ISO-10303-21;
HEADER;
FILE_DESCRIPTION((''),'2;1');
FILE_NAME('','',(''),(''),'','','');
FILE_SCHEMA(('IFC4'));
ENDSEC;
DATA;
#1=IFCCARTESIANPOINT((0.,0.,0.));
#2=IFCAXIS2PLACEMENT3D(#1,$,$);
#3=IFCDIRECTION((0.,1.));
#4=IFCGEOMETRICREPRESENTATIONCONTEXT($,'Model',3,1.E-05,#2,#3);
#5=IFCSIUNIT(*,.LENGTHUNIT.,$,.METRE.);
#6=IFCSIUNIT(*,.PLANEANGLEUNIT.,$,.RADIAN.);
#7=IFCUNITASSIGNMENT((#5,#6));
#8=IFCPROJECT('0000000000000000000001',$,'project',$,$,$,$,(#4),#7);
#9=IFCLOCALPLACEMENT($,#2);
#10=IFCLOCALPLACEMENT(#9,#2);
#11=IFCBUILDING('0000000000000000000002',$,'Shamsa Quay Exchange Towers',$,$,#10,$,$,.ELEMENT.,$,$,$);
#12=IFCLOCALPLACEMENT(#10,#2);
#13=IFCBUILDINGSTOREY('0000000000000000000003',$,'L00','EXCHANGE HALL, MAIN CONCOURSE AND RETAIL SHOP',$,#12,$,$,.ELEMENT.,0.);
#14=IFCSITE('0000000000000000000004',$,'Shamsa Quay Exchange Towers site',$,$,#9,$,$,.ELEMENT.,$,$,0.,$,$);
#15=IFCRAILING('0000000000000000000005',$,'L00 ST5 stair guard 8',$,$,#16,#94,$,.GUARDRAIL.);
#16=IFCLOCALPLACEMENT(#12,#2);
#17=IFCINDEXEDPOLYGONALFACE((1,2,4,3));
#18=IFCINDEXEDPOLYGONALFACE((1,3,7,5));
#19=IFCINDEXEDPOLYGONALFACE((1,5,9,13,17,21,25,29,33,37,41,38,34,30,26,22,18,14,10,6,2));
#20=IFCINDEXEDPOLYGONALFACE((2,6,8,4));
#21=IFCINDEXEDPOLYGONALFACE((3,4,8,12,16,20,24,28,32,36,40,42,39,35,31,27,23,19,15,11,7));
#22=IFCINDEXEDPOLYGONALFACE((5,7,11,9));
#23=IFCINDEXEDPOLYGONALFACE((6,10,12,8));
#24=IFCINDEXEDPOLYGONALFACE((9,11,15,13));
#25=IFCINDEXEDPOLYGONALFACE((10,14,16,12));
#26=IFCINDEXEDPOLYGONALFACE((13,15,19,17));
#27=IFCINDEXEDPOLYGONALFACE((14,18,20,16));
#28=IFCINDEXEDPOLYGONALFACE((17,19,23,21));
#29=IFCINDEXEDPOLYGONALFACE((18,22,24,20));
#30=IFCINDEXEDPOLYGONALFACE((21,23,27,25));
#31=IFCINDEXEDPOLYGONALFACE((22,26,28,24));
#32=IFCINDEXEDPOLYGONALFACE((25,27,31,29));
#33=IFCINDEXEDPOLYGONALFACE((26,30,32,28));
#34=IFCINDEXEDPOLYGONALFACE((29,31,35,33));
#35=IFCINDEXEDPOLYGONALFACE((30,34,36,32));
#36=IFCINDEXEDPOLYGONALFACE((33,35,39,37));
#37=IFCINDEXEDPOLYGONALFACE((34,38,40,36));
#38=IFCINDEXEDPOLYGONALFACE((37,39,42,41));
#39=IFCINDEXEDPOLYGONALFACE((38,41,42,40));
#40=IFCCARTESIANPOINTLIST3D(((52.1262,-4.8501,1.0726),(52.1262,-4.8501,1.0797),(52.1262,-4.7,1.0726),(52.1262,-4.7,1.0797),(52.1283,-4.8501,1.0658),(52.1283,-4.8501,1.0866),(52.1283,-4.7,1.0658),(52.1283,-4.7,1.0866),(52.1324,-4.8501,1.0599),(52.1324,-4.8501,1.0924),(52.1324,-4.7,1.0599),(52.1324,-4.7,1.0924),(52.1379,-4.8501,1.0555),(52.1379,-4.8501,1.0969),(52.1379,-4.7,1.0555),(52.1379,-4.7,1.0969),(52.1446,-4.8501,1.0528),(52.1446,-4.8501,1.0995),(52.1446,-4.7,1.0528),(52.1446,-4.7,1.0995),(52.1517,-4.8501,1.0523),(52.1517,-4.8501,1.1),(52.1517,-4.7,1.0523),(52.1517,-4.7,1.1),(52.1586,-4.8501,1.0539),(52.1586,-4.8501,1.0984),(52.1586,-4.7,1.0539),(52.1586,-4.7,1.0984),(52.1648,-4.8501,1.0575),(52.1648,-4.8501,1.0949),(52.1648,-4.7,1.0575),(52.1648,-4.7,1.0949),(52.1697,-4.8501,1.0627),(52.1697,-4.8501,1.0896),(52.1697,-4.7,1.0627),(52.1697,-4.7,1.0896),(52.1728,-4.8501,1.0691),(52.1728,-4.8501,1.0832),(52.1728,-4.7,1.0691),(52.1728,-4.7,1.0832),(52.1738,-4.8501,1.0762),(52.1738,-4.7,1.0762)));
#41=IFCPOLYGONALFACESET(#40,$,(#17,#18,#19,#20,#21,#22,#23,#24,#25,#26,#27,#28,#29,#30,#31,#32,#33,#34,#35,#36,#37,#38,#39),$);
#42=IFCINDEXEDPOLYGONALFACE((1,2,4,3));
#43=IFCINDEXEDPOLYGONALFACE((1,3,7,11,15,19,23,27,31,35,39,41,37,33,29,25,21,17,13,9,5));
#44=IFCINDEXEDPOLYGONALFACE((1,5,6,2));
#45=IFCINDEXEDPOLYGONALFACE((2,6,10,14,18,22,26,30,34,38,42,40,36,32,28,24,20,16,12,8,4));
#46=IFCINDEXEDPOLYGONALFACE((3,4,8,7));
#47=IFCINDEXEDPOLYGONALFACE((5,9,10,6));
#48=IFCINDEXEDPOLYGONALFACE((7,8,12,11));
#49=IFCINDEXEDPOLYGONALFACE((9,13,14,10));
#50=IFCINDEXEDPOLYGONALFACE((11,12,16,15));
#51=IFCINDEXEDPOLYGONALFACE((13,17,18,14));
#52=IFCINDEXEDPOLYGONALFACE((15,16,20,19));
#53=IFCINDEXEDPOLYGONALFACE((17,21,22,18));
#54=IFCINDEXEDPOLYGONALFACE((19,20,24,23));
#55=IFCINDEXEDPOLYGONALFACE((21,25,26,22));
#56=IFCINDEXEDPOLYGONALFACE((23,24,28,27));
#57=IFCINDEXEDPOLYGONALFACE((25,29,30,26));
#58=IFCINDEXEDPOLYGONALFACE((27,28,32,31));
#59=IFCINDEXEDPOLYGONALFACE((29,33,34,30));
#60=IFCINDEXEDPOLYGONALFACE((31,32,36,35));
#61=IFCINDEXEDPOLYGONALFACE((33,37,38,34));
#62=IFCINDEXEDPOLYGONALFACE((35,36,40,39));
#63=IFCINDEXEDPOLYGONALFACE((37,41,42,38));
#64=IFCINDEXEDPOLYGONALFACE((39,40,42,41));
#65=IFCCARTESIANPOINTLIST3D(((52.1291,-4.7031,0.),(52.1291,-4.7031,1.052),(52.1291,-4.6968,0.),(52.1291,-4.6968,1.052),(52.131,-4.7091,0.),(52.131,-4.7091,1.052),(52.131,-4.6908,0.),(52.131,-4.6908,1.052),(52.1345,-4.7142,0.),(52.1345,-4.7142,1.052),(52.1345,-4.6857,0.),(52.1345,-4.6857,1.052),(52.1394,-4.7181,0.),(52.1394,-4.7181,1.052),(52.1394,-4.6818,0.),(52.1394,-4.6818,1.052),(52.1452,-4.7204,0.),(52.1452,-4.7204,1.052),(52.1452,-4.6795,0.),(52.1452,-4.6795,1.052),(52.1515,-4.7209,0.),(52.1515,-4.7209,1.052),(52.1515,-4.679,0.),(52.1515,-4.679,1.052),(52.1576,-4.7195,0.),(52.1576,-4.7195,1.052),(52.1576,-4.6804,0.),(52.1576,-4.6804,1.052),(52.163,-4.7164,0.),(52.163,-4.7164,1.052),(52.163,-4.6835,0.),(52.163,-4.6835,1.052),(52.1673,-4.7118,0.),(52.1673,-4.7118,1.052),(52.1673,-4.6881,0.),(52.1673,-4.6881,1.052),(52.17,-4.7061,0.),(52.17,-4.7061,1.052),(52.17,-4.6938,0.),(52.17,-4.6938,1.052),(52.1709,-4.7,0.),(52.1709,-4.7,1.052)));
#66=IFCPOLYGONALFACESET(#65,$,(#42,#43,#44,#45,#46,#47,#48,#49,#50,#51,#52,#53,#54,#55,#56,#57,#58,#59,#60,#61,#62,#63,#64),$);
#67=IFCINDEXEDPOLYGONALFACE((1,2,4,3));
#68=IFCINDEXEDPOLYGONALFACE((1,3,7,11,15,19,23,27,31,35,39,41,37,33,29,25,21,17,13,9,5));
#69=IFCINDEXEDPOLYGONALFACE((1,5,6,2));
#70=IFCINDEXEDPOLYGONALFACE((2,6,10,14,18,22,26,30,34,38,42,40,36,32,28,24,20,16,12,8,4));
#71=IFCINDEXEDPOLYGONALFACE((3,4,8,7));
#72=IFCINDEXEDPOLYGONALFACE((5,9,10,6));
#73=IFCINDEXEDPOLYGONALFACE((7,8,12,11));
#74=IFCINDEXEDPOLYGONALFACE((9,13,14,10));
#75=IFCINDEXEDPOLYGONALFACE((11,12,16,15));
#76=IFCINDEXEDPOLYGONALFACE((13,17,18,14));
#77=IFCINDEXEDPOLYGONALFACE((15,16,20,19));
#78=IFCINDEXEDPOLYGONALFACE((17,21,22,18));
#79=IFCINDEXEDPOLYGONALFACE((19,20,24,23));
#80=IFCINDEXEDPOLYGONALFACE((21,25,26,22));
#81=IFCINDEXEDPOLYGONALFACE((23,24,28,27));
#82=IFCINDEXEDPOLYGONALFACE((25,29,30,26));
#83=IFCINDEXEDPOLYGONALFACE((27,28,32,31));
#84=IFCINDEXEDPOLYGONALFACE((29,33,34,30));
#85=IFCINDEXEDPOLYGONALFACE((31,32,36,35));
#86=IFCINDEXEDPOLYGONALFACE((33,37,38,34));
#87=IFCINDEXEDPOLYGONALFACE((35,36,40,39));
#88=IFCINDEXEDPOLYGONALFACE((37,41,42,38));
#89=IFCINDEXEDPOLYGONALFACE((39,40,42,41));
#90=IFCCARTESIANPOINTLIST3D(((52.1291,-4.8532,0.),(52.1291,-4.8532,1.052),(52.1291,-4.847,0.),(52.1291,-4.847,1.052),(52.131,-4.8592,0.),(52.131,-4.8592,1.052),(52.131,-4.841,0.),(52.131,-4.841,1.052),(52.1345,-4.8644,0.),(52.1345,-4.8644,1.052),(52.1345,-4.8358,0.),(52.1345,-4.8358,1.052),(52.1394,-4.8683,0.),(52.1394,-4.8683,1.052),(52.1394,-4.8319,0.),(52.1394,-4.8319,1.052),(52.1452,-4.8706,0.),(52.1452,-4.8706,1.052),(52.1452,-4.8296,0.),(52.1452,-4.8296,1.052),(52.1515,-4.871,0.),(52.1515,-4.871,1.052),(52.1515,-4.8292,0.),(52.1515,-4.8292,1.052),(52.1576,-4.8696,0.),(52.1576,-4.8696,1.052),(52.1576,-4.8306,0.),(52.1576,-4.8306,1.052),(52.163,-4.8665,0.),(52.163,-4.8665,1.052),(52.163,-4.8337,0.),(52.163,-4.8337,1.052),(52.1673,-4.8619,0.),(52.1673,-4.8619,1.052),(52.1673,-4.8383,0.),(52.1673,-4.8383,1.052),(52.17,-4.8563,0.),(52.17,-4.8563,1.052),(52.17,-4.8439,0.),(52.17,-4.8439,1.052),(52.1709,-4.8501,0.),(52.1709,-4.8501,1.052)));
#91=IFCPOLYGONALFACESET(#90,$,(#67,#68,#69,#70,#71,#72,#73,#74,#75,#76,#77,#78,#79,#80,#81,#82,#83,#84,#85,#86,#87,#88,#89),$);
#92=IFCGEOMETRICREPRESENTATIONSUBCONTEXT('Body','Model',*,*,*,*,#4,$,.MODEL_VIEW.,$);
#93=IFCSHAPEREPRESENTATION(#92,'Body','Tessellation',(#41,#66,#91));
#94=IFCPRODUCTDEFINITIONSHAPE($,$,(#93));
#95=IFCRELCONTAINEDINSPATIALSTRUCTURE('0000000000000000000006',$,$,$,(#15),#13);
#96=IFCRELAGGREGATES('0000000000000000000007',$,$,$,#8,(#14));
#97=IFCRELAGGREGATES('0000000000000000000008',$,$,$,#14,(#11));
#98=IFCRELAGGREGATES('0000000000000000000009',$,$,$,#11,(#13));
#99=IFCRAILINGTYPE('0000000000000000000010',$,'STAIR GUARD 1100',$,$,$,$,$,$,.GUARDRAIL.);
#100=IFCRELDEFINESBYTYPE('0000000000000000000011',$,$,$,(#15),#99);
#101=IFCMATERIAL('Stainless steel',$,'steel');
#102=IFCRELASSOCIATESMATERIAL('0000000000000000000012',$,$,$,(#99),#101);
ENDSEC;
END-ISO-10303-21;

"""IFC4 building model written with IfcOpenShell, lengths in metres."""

from ifc_helpers import new_model, si_unit, direction, frame, origin, origin_2d, place, context, subcontext, project, spatial, circle, extrude, material, type_object, element, save


model = new_model("IFC4")

# Units and contexts
model_context = context("Model", 3, precision=1e-05, world=origin(), true_north=direction((0.0, 1.0)))
body_context = subcontext(model_context, "Body", "Model", "MODEL_VIEW")
ifc_project = project(units=[si_unit("LENGTHUNIT", "METRE"), si_unit("PLANEANGLEUNIT", "RADIAN")], contexts=[model_context])

# Site, building, storey
site_placement = place(None, origin())
site = spatial("IfcSite", under=ifc_project, at=site_placement, Name="Shamsa Quay Exchange Towers site", CompositionType="ELEMENT", RefElevation=0.0)
building_placement = place(site_placement, origin())
building = spatial("IfcBuilding", under=site, at=building_placement, Name="Shamsa Quay Exchange Towers", CompositionType="ELEMENT")
storey_placement = place(building_placement, origin())
storey = spatial("IfcBuildingStorey", under=building, at=storey_placement, Name="L00", Description="EXCHANGE HALL, MAIN CONCOURSE AND RETAIL SHOP", CompositionType="ELEMENT", Elevation=0.0)

# Railing
ifc_material_1 = material(Name="Stainless steel", Category="steel")
railing_type = type_object("IfcRailingType", Name="STAIR GUARD 1100", PredefinedType="GUARDRAIL", material=ifc_material_1)
railing_placement = place(storey_placement, frame((52.1499, -4.7, 0.0)))
element("IfcRailing", 1, at=railing_placement, inside=storey, type_object=railing_type, Name="L00 ST5 stair guard 8", PredefinedType="GUARDRAIL", context=body_context, shape_type="SweptSolid", body=[
    extrude(circle(Radius=0.0239, at=origin_2d()), frame((0.0, 0.0, 1.0762), z_axis=(0.0, -1.0, 0.0), x_axis=(1.0, 0.0, 0.0)), (0.0, 0.0, 1.0), 0.1501),
    extrude(circle(Radius=0.021, at=origin_2d()), origin(), (0.0, 0.0, 1.0), 1.052),
    extrude(circle(Radius=0.021, at=origin_2d()), frame((0.0, -0.1501, 0.0)), (0.0, 0.0, 1.0), 1.052),
])

save(model, "model.ifc")
